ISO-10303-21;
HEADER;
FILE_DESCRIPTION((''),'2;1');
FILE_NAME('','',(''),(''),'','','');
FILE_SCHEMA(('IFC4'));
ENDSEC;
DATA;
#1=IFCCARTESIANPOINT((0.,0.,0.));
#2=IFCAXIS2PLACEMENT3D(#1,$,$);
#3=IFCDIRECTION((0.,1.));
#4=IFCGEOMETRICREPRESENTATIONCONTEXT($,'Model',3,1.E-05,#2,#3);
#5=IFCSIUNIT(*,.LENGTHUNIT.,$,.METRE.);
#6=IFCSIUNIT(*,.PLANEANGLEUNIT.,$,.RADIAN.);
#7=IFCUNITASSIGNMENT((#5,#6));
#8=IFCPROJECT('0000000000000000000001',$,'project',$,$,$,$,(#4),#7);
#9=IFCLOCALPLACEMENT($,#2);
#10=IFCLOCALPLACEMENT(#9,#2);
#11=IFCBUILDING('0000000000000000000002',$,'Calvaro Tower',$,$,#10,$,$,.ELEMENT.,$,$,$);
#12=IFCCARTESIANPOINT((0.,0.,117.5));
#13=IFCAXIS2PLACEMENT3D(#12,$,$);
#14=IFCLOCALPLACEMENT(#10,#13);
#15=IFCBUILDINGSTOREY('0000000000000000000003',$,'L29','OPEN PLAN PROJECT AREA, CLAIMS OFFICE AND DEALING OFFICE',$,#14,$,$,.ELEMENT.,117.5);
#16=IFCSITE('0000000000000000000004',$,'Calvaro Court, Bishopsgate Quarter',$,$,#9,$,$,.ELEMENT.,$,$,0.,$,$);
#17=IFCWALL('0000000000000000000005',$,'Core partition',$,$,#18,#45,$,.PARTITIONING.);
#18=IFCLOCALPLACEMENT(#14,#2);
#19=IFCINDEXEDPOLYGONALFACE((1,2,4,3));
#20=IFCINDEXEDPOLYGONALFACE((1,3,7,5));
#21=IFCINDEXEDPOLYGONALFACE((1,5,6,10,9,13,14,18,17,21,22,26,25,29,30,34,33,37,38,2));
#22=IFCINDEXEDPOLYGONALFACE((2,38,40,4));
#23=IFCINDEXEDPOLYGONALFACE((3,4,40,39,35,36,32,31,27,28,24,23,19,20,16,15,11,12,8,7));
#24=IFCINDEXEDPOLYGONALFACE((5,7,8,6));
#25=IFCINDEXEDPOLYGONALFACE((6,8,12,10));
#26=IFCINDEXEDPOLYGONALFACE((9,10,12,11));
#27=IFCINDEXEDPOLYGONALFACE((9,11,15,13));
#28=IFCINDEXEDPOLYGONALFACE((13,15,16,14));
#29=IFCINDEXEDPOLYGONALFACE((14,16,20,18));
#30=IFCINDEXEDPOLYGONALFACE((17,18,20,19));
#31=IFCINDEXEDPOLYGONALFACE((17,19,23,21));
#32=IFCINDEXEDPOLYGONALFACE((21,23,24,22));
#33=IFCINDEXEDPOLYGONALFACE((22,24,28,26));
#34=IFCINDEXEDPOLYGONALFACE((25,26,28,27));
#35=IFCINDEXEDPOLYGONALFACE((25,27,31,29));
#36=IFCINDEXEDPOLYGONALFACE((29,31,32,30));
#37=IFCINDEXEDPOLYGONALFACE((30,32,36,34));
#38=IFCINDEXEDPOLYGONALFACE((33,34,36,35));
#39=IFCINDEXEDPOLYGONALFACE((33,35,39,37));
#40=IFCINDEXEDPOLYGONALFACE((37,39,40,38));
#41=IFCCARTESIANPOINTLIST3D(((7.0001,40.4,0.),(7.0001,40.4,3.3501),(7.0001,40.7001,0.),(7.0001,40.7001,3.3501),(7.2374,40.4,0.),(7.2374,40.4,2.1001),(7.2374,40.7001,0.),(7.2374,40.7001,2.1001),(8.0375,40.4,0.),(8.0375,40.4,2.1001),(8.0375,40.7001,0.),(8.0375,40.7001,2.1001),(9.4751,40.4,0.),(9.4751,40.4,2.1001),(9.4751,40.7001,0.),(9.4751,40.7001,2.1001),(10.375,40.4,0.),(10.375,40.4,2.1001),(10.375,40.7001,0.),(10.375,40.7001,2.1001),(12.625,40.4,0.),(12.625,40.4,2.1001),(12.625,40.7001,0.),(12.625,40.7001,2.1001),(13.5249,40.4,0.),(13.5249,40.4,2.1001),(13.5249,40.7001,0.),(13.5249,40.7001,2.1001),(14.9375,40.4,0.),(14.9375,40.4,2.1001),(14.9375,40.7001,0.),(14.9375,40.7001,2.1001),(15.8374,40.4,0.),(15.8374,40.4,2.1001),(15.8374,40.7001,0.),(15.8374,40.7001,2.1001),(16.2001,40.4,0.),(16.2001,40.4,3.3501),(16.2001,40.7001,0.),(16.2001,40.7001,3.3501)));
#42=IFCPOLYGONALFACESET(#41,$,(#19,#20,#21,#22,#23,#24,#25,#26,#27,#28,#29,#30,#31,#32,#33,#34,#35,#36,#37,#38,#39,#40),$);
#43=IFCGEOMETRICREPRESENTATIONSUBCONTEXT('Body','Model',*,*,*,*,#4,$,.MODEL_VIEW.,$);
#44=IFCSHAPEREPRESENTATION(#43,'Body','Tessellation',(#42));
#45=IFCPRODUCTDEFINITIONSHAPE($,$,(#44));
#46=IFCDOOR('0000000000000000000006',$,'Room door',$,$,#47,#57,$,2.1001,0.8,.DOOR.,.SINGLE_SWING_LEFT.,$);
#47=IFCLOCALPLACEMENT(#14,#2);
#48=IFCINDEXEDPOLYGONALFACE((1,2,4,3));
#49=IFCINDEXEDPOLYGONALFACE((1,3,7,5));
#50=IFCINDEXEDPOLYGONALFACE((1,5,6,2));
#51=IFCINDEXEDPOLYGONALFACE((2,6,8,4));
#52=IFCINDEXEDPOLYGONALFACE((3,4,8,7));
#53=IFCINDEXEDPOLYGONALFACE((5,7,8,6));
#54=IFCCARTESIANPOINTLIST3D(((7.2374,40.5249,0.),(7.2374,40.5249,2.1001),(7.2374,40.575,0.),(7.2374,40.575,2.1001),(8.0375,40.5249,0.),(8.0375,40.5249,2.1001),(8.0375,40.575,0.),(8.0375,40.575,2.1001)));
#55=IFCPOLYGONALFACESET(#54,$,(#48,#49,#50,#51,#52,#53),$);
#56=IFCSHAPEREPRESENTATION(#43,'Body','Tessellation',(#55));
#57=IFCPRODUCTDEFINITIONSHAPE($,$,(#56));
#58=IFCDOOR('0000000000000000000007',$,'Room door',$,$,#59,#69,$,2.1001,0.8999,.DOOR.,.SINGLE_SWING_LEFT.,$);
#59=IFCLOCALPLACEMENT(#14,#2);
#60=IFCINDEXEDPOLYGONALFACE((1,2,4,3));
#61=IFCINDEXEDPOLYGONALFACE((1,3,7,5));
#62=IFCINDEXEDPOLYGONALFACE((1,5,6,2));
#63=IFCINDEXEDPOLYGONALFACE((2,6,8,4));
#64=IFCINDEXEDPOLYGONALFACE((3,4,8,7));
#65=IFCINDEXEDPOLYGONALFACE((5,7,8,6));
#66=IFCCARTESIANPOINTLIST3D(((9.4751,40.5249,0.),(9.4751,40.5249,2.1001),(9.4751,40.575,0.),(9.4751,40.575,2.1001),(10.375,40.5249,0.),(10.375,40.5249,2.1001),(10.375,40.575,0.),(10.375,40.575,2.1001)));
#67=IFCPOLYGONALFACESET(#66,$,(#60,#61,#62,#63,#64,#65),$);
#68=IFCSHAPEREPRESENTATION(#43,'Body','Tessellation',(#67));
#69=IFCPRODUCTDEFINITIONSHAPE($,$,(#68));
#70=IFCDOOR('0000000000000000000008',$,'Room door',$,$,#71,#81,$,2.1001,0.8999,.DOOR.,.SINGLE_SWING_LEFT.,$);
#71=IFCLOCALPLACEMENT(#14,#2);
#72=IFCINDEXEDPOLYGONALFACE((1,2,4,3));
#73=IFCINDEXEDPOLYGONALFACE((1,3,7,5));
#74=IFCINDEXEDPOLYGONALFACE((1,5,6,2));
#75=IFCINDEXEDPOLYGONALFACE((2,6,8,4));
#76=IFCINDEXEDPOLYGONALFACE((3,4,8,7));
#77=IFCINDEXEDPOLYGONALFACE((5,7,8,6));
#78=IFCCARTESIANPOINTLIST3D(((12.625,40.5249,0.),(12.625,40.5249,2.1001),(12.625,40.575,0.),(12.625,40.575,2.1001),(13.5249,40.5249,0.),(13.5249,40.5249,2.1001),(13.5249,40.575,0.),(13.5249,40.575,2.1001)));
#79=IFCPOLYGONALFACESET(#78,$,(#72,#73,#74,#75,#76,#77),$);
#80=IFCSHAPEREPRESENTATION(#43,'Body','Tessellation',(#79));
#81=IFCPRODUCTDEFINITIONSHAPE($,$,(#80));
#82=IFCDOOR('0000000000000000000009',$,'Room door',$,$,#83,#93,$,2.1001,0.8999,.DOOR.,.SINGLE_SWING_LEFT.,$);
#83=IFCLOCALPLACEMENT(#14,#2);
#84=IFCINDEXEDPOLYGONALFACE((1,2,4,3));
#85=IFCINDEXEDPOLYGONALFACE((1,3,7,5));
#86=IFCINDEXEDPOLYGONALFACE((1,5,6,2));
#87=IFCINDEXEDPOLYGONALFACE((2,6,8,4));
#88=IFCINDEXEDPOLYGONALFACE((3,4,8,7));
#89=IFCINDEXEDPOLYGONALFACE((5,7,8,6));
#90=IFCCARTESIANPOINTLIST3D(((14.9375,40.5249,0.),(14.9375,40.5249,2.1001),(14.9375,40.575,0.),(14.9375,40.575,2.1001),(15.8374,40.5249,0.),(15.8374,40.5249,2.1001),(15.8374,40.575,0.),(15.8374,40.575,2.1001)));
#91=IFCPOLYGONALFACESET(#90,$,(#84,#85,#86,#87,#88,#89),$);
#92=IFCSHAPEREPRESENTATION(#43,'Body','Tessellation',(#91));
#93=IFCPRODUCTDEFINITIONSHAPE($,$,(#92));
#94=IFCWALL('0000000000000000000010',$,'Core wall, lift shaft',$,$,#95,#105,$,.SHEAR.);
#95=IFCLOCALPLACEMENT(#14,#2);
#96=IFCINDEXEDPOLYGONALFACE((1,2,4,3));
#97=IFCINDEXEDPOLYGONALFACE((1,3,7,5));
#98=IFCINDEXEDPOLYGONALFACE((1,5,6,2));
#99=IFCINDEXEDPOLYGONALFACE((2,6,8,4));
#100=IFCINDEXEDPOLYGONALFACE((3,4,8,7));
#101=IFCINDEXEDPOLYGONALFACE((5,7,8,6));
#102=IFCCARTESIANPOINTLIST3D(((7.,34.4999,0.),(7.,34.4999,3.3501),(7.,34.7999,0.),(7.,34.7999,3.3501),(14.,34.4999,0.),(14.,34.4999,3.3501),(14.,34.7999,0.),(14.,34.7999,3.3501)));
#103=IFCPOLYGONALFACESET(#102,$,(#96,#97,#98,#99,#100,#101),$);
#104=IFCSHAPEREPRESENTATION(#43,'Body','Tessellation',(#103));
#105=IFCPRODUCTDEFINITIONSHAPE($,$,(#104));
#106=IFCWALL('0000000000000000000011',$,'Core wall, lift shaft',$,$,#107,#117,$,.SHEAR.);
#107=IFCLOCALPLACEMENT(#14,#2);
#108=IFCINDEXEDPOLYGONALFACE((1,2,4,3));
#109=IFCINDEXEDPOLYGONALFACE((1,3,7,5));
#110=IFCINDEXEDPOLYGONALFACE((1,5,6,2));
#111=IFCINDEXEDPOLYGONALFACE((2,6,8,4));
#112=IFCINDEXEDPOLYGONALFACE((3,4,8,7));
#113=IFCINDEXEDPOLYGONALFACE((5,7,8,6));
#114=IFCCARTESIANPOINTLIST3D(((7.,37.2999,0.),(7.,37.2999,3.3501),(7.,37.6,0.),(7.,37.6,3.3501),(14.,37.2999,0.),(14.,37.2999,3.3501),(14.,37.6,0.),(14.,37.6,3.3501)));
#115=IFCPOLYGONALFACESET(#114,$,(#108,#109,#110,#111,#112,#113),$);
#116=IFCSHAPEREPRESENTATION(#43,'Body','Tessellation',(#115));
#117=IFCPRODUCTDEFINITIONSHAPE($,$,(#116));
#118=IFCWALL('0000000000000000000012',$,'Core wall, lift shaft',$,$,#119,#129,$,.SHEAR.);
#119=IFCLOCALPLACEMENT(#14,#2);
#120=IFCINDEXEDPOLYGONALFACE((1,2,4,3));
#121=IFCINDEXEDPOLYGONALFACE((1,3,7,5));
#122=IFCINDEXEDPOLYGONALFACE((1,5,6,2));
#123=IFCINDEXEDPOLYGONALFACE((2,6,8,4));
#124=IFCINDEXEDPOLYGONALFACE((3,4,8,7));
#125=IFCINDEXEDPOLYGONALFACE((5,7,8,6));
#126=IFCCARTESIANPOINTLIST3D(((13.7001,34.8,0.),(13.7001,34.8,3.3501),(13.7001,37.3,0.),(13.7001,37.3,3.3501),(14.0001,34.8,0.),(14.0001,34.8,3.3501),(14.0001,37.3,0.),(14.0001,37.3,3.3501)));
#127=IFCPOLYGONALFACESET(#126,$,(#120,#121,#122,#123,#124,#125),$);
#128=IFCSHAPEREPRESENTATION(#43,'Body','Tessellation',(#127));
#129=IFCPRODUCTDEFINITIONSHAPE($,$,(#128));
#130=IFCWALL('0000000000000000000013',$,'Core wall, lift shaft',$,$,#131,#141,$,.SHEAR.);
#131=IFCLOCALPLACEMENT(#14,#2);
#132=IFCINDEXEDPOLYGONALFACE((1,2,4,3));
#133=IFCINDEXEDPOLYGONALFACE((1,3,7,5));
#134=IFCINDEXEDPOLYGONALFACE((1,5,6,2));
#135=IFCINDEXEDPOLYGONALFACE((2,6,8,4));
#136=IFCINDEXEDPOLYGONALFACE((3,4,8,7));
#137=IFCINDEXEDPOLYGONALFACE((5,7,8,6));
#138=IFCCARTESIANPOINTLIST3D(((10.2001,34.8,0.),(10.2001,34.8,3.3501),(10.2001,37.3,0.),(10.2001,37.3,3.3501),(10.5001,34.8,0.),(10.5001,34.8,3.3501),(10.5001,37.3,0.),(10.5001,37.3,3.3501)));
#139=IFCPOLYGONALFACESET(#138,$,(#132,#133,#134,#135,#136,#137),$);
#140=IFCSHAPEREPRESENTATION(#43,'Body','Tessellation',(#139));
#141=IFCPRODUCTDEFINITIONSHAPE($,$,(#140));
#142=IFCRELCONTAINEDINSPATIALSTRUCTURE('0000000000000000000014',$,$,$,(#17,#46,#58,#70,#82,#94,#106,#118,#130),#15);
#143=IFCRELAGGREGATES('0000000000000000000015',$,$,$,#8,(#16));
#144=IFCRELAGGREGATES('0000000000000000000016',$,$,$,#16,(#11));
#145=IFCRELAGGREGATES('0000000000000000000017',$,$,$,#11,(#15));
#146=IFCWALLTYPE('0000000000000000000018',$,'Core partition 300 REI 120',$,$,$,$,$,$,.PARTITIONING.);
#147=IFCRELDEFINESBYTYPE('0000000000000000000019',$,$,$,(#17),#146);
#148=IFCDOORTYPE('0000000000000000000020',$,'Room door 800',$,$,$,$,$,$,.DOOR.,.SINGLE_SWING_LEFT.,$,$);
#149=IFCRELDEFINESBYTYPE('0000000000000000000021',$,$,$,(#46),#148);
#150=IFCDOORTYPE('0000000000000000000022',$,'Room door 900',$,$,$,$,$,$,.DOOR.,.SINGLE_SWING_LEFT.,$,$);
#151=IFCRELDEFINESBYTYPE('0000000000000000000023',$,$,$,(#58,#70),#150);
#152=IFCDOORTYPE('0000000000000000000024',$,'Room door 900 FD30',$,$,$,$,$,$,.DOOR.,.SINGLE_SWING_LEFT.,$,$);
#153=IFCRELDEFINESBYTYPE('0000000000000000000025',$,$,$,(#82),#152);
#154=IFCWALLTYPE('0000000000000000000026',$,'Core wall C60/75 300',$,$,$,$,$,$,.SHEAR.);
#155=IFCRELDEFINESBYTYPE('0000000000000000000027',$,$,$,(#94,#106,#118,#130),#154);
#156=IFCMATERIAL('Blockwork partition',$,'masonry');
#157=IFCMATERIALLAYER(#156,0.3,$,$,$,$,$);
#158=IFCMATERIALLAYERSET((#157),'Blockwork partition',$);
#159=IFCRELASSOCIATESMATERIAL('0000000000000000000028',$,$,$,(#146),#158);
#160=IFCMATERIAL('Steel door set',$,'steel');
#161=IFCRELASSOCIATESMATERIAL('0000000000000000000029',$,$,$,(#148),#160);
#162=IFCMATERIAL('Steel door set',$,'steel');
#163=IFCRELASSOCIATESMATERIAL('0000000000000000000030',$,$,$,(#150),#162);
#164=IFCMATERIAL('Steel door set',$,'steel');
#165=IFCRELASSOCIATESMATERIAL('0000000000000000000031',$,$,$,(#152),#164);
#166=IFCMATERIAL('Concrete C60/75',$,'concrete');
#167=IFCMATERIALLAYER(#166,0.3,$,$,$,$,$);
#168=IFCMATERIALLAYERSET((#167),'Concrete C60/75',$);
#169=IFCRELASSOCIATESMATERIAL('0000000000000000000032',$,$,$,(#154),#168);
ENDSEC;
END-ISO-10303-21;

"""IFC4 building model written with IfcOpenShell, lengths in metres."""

from ifc_helpers import new_model, si_unit, direction, frame, frame_2d, origin, place, context, subcontext, project, spatial, rectangle, extrude, material, layer, layer_set, type_object, element, fill, save


model = new_model("IFC4")

# Units and contexts
model_context = context("Model", 3, precision=1e-05, world=origin(), true_north=direction((0.0, 1.0)))
body_context = subcontext(model_context, "Body", "Model", "MODEL_VIEW")
ifc_project = project(units=[si_unit("LENGTHUNIT", "METRE"), si_unit("PLANEANGLEUNIT", "RADIAN")], contexts=[model_context])

# Site, building, storey
site_placement = place(None, origin())
site = spatial("IfcSite", under=ifc_project, at=site_placement, Name="Calvaro Court, Bishopsgate Quarter", CompositionType="ELEMENT", RefElevation=0.0)
building_placement = place(site_placement, origin())
building = spatial("IfcBuilding", under=site, at=building_placement, Name="Calvaro Tower", CompositionType="ELEMENT")
storey_placement = place(building_placement, frame((0.0, 0.0, 117.5)))
storey = spatial("IfcBuildingStorey", under=building, at=storey_placement, Name="L29", Description="OPEN PLAN PROJECT AREA, CLAIMS OFFICE AND DEALING OFFICE", CompositionType="ELEMENT", Elevation=117.5)

# Wall, openings, doors
ifc_material_1 = material(Name="Blockwork partition", Category="masonry")
ifc_layer_1 = layer(ifc_material_1, 0.3)
ifc_layer_set_1 = layer_set([ifc_layer_1], Name="Blockwork partition")
wall_type_1 = type_object("IfcWallType", Name="Core partition 300 REI 120", PredefinedType="PARTITIONING", material=ifc_layer_set_1)
wall_1_placement = place(storey_placement, frame((7.0, 40.55, 0.0), z_axis=(0.0, 0.0, 1.0), x_axis=(1.0, 0.0, 0.0)))
wall_1 = element("IfcWall", 1, at=wall_1_placement, inside=storey, type_object=wall_type_1, Name="Core partition", PredefinedType="PARTITIONING", context=body_context, shape_type="SweptSolid", body=[
    extrude(rectangle(XDim=9.2, YDim=0.3, at=frame_2d((4.6001, 0.0))), origin(), (0.0, 0.0, 1.0), 3.3501),
])
opening_1_placement = place(wall_1_placement, frame((0.2375, 0.0, 0.0)))
opening_1 = element("IfcOpeningElement", 2, at=opening_1_placement, cuts=wall_1, PredefinedType="OPENING", context=body_context, shape_type="SweptSolid", body=[
    extrude(rectangle(XDim=0.8, YDim=2.1001, at=frame_2d((0.3999, 1.05))), frame((0.0, 0.1599, 0.0), z_axis=(0.0, -1.0, 0.0), x_axis=(1.0, 0.0, 0.0)), (0.0, 0.0, 1.0), 0.3201),
])
opening_2_placement = place(wall_1_placement, frame((2.4751, 0.0, 0.0)))
opening_2 = element("IfcOpeningElement", 3, at=opening_2_placement, cuts=wall_1, PredefinedType="OPENING", context=body_context, shape_type="SweptSolid", body=[
    extrude(rectangle(XDim=0.8999, YDim=2.1001, at=frame_2d((0.45, 1.05))), frame((0.0, 0.1599, 0.0), z_axis=(0.0, -1.0, 0.0), x_axis=(1.0, 0.0, 0.0)), (0.0, 0.0, 1.0), 0.3201),
])
opening_3_placement = place(wall_1_placement, frame((5.625, 0.0, 0.0)))
opening_3 = element("IfcOpeningElement", 4, at=opening_3_placement, cuts=wall_1, PredefinedType="OPENING", context=body_context, shape_type="SweptSolid", body=[
    extrude(rectangle(XDim=0.8999, YDim=2.1001, at=frame_2d((0.45, 1.05))), frame((0.0, 0.1599, 0.0), z_axis=(0.0, -1.0, 0.0), x_axis=(1.0, 0.0, 0.0)), (0.0, 0.0, 1.0), 0.3201),
])
opening_4_placement = place(wall_1_placement, frame((7.9375, 0.0, 0.0)))
opening_4 = element("IfcOpeningElement", 5, at=opening_4_placement, cuts=wall_1, PredefinedType="OPENING", context=body_context, shape_type="SweptSolid", body=[
    extrude(rectangle(XDim=0.8999, YDim=2.1001, at=frame_2d((0.45, 1.05))), frame((0.0, 0.1599, 0.0), z_axis=(0.0, -1.0, 0.0), x_axis=(1.0, 0.0, 0.0)), (0.0, 0.0, 1.0), 0.3201),
])
ifc_material_2 = material(Name="Steel door set", Category="steel")
door_type_1 = type_object("IfcDoorType", Name="Room door 800", OperationType="SINGLE_SWING_LEFT", PredefinedType="DOOR", material=ifc_material_2)
door_1_placement = place(opening_1_placement, origin())
door_1 = element("IfcDoor", 6, at=door_1_placement, inside=storey, type_object=door_type_1, Name="Room door", OperationType="SINGLE_SWING_LEFT", OverallHeight=2.1001, OverallWidth=0.8, PredefinedType="DOOR", context=body_context, shape_type="SweptSolid", body=[
    extrude(rectangle(XDim=0.8, YDim=2.1001, at=frame_2d((0.3999, 1.05))), frame((0.0, 0.0249, 0.0), z_axis=(0.0, -1.0, 0.0), x_axis=(1.0, 0.0, 0.0)), (0.0, 0.0, 1.0), 0.05),
])
fill(opening_1, door_1)
ifc_material_3 = material(Name="Steel door set", Category="steel")
door_type_2 = type_object("IfcDoorType", Name="Room door 900", OperationType="SINGLE_SWING_LEFT", PredefinedType="DOOR", material=ifc_material_3)
door_2_placement = place(opening_2_placement, origin())
door_2 = element("IfcDoor", 7, at=door_2_placement, inside=storey, type_object=door_type_2, Name="Room door", OperationType="SINGLE_SWING_LEFT", OverallHeight=2.1001, OverallWidth=0.8999, PredefinedType="DOOR", context=body_context, shape_type="SweptSolid", body=[
    extrude(rectangle(XDim=0.8999, YDim=2.1001, at=frame_2d((0.45, 1.05))), frame((0.0, 0.0249, 0.0), z_axis=(0.0, -1.0, 0.0), x_axis=(1.0, 0.0, 0.0)), (0.0, 0.0, 1.0), 0.05),
])
fill(opening_2, door_2)
door_3_placement = place(opening_3_placement, origin())
door_3 = element("IfcDoor", 8, at=door_3_placement, inside=storey, type_object=door_type_2, Name="Room door", OperationType="SINGLE_SWING_LEFT", OverallHeight=2.1001, OverallWidth=0.8999, PredefinedType="DOOR", context=body_context, shape_type="SweptSolid", body=[
    extrude(rectangle(XDim=0.8999, YDim=2.1001, at=frame_2d((0.45, 1.05))), frame((0.0, 0.0249, 0.0), z_axis=(0.0, -1.0, 0.0), x_axis=(1.0, 0.0, 0.0)), (0.0, 0.0, 1.0), 0.05),
])
fill(opening_3, door_3)
ifc_material_4 = material(Name="Steel door set", Category="steel")
door_type_3 = type_object("IfcDoorType", Name="Room door 900 FD30", OperationType="SINGLE_SWING_LEFT", PredefinedType="DOOR", material=ifc_material_4)
door_4_placement = place(opening_4_placement, origin())
door_4 = element("IfcDoor", 9, at=door_4_placement, inside=storey, type_object=door_type_3, Name="Room door", OperationType="SINGLE_SWING_LEFT", OverallHeight=2.1001, OverallWidth=0.8999, PredefinedType="DOOR", context=body_context, shape_type="SweptSolid", body=[
    extrude(rectangle(XDim=0.8999, YDim=2.1001, at=frame_2d((0.45, 1.05))), frame((0.0, 0.0249, 0.0), z_axis=(0.0, -1.0, 0.0), x_axis=(1.0, 0.0, 0.0)), (0.0, 0.0, 1.0), 0.05),
])
fill(opening_4, door_4)

# Walls
ifc_material_5 = material(Name="Concrete C60/75", Category="concrete")
ifc_layer_2 = layer(ifc_material_5, 0.3)
ifc_layer_set_2 = layer_set([ifc_layer_2], Name="Concrete C60/75")
wall_type_2 = type_object("IfcWallType", Name="Core wall C60/75 300", PredefinedType="SHEAR", material=ifc_layer_set_2)
for number, where, z_axis, x_axis, name in (
    (10, (7.0, 34.6499, 0.0), (0.0, 0.0, 1.0), (1.0, 0.0, 0.0), "Core wall, lift shaft"),
    (11, (7.0, 37.45, 0.0), (0.0, 0.0, 1.0), (1.0, 0.0, 0.0), "Core wall, lift shaft"),
):
    element("IfcWall", number, at=place(storey_placement, frame(where, z_axis=z_axis, x_axis=x_axis)), inside=storey, type_object=wall_type_2, Name=name, PredefinedType="SHEAR", context=body_context, shape_type="SweptSolid", body=[
        extrude(rectangle(XDim=7.0, YDim=0.3, at=frame_2d((3.5, 0.0))), origin(), (0.0, 0.0, 1.0), 3.3501),
    ])
for number, where, z_axis, x_axis, name in (
    (12, (13.8501, 34.8, 0.0), (0.0, 0.0, 1.0), (0.0, 1.0, 0.0), "Core wall, lift shaft"),
    (13, (10.3501, 34.8, 0.0), (0.0, 0.0, 1.0), (0.0, 1.0, 0.0), "Core wall, lift shaft"),
):
    element("IfcWall", number, at=place(storey_placement, frame(where, z_axis=z_axis, x_axis=x_axis)), inside=storey, type_object=wall_type_2, Name=name, PredefinedType="SHEAR", context=body_context, shape_type="SweptSolid", body=[
        extrude(rectangle(XDim=2.5, YDim=0.3, at=frame_2d((1.25, 0.0))), origin(), (0.0, 0.0, 1.0), 3.3501),
    ])

save(model, "model.ifc")
